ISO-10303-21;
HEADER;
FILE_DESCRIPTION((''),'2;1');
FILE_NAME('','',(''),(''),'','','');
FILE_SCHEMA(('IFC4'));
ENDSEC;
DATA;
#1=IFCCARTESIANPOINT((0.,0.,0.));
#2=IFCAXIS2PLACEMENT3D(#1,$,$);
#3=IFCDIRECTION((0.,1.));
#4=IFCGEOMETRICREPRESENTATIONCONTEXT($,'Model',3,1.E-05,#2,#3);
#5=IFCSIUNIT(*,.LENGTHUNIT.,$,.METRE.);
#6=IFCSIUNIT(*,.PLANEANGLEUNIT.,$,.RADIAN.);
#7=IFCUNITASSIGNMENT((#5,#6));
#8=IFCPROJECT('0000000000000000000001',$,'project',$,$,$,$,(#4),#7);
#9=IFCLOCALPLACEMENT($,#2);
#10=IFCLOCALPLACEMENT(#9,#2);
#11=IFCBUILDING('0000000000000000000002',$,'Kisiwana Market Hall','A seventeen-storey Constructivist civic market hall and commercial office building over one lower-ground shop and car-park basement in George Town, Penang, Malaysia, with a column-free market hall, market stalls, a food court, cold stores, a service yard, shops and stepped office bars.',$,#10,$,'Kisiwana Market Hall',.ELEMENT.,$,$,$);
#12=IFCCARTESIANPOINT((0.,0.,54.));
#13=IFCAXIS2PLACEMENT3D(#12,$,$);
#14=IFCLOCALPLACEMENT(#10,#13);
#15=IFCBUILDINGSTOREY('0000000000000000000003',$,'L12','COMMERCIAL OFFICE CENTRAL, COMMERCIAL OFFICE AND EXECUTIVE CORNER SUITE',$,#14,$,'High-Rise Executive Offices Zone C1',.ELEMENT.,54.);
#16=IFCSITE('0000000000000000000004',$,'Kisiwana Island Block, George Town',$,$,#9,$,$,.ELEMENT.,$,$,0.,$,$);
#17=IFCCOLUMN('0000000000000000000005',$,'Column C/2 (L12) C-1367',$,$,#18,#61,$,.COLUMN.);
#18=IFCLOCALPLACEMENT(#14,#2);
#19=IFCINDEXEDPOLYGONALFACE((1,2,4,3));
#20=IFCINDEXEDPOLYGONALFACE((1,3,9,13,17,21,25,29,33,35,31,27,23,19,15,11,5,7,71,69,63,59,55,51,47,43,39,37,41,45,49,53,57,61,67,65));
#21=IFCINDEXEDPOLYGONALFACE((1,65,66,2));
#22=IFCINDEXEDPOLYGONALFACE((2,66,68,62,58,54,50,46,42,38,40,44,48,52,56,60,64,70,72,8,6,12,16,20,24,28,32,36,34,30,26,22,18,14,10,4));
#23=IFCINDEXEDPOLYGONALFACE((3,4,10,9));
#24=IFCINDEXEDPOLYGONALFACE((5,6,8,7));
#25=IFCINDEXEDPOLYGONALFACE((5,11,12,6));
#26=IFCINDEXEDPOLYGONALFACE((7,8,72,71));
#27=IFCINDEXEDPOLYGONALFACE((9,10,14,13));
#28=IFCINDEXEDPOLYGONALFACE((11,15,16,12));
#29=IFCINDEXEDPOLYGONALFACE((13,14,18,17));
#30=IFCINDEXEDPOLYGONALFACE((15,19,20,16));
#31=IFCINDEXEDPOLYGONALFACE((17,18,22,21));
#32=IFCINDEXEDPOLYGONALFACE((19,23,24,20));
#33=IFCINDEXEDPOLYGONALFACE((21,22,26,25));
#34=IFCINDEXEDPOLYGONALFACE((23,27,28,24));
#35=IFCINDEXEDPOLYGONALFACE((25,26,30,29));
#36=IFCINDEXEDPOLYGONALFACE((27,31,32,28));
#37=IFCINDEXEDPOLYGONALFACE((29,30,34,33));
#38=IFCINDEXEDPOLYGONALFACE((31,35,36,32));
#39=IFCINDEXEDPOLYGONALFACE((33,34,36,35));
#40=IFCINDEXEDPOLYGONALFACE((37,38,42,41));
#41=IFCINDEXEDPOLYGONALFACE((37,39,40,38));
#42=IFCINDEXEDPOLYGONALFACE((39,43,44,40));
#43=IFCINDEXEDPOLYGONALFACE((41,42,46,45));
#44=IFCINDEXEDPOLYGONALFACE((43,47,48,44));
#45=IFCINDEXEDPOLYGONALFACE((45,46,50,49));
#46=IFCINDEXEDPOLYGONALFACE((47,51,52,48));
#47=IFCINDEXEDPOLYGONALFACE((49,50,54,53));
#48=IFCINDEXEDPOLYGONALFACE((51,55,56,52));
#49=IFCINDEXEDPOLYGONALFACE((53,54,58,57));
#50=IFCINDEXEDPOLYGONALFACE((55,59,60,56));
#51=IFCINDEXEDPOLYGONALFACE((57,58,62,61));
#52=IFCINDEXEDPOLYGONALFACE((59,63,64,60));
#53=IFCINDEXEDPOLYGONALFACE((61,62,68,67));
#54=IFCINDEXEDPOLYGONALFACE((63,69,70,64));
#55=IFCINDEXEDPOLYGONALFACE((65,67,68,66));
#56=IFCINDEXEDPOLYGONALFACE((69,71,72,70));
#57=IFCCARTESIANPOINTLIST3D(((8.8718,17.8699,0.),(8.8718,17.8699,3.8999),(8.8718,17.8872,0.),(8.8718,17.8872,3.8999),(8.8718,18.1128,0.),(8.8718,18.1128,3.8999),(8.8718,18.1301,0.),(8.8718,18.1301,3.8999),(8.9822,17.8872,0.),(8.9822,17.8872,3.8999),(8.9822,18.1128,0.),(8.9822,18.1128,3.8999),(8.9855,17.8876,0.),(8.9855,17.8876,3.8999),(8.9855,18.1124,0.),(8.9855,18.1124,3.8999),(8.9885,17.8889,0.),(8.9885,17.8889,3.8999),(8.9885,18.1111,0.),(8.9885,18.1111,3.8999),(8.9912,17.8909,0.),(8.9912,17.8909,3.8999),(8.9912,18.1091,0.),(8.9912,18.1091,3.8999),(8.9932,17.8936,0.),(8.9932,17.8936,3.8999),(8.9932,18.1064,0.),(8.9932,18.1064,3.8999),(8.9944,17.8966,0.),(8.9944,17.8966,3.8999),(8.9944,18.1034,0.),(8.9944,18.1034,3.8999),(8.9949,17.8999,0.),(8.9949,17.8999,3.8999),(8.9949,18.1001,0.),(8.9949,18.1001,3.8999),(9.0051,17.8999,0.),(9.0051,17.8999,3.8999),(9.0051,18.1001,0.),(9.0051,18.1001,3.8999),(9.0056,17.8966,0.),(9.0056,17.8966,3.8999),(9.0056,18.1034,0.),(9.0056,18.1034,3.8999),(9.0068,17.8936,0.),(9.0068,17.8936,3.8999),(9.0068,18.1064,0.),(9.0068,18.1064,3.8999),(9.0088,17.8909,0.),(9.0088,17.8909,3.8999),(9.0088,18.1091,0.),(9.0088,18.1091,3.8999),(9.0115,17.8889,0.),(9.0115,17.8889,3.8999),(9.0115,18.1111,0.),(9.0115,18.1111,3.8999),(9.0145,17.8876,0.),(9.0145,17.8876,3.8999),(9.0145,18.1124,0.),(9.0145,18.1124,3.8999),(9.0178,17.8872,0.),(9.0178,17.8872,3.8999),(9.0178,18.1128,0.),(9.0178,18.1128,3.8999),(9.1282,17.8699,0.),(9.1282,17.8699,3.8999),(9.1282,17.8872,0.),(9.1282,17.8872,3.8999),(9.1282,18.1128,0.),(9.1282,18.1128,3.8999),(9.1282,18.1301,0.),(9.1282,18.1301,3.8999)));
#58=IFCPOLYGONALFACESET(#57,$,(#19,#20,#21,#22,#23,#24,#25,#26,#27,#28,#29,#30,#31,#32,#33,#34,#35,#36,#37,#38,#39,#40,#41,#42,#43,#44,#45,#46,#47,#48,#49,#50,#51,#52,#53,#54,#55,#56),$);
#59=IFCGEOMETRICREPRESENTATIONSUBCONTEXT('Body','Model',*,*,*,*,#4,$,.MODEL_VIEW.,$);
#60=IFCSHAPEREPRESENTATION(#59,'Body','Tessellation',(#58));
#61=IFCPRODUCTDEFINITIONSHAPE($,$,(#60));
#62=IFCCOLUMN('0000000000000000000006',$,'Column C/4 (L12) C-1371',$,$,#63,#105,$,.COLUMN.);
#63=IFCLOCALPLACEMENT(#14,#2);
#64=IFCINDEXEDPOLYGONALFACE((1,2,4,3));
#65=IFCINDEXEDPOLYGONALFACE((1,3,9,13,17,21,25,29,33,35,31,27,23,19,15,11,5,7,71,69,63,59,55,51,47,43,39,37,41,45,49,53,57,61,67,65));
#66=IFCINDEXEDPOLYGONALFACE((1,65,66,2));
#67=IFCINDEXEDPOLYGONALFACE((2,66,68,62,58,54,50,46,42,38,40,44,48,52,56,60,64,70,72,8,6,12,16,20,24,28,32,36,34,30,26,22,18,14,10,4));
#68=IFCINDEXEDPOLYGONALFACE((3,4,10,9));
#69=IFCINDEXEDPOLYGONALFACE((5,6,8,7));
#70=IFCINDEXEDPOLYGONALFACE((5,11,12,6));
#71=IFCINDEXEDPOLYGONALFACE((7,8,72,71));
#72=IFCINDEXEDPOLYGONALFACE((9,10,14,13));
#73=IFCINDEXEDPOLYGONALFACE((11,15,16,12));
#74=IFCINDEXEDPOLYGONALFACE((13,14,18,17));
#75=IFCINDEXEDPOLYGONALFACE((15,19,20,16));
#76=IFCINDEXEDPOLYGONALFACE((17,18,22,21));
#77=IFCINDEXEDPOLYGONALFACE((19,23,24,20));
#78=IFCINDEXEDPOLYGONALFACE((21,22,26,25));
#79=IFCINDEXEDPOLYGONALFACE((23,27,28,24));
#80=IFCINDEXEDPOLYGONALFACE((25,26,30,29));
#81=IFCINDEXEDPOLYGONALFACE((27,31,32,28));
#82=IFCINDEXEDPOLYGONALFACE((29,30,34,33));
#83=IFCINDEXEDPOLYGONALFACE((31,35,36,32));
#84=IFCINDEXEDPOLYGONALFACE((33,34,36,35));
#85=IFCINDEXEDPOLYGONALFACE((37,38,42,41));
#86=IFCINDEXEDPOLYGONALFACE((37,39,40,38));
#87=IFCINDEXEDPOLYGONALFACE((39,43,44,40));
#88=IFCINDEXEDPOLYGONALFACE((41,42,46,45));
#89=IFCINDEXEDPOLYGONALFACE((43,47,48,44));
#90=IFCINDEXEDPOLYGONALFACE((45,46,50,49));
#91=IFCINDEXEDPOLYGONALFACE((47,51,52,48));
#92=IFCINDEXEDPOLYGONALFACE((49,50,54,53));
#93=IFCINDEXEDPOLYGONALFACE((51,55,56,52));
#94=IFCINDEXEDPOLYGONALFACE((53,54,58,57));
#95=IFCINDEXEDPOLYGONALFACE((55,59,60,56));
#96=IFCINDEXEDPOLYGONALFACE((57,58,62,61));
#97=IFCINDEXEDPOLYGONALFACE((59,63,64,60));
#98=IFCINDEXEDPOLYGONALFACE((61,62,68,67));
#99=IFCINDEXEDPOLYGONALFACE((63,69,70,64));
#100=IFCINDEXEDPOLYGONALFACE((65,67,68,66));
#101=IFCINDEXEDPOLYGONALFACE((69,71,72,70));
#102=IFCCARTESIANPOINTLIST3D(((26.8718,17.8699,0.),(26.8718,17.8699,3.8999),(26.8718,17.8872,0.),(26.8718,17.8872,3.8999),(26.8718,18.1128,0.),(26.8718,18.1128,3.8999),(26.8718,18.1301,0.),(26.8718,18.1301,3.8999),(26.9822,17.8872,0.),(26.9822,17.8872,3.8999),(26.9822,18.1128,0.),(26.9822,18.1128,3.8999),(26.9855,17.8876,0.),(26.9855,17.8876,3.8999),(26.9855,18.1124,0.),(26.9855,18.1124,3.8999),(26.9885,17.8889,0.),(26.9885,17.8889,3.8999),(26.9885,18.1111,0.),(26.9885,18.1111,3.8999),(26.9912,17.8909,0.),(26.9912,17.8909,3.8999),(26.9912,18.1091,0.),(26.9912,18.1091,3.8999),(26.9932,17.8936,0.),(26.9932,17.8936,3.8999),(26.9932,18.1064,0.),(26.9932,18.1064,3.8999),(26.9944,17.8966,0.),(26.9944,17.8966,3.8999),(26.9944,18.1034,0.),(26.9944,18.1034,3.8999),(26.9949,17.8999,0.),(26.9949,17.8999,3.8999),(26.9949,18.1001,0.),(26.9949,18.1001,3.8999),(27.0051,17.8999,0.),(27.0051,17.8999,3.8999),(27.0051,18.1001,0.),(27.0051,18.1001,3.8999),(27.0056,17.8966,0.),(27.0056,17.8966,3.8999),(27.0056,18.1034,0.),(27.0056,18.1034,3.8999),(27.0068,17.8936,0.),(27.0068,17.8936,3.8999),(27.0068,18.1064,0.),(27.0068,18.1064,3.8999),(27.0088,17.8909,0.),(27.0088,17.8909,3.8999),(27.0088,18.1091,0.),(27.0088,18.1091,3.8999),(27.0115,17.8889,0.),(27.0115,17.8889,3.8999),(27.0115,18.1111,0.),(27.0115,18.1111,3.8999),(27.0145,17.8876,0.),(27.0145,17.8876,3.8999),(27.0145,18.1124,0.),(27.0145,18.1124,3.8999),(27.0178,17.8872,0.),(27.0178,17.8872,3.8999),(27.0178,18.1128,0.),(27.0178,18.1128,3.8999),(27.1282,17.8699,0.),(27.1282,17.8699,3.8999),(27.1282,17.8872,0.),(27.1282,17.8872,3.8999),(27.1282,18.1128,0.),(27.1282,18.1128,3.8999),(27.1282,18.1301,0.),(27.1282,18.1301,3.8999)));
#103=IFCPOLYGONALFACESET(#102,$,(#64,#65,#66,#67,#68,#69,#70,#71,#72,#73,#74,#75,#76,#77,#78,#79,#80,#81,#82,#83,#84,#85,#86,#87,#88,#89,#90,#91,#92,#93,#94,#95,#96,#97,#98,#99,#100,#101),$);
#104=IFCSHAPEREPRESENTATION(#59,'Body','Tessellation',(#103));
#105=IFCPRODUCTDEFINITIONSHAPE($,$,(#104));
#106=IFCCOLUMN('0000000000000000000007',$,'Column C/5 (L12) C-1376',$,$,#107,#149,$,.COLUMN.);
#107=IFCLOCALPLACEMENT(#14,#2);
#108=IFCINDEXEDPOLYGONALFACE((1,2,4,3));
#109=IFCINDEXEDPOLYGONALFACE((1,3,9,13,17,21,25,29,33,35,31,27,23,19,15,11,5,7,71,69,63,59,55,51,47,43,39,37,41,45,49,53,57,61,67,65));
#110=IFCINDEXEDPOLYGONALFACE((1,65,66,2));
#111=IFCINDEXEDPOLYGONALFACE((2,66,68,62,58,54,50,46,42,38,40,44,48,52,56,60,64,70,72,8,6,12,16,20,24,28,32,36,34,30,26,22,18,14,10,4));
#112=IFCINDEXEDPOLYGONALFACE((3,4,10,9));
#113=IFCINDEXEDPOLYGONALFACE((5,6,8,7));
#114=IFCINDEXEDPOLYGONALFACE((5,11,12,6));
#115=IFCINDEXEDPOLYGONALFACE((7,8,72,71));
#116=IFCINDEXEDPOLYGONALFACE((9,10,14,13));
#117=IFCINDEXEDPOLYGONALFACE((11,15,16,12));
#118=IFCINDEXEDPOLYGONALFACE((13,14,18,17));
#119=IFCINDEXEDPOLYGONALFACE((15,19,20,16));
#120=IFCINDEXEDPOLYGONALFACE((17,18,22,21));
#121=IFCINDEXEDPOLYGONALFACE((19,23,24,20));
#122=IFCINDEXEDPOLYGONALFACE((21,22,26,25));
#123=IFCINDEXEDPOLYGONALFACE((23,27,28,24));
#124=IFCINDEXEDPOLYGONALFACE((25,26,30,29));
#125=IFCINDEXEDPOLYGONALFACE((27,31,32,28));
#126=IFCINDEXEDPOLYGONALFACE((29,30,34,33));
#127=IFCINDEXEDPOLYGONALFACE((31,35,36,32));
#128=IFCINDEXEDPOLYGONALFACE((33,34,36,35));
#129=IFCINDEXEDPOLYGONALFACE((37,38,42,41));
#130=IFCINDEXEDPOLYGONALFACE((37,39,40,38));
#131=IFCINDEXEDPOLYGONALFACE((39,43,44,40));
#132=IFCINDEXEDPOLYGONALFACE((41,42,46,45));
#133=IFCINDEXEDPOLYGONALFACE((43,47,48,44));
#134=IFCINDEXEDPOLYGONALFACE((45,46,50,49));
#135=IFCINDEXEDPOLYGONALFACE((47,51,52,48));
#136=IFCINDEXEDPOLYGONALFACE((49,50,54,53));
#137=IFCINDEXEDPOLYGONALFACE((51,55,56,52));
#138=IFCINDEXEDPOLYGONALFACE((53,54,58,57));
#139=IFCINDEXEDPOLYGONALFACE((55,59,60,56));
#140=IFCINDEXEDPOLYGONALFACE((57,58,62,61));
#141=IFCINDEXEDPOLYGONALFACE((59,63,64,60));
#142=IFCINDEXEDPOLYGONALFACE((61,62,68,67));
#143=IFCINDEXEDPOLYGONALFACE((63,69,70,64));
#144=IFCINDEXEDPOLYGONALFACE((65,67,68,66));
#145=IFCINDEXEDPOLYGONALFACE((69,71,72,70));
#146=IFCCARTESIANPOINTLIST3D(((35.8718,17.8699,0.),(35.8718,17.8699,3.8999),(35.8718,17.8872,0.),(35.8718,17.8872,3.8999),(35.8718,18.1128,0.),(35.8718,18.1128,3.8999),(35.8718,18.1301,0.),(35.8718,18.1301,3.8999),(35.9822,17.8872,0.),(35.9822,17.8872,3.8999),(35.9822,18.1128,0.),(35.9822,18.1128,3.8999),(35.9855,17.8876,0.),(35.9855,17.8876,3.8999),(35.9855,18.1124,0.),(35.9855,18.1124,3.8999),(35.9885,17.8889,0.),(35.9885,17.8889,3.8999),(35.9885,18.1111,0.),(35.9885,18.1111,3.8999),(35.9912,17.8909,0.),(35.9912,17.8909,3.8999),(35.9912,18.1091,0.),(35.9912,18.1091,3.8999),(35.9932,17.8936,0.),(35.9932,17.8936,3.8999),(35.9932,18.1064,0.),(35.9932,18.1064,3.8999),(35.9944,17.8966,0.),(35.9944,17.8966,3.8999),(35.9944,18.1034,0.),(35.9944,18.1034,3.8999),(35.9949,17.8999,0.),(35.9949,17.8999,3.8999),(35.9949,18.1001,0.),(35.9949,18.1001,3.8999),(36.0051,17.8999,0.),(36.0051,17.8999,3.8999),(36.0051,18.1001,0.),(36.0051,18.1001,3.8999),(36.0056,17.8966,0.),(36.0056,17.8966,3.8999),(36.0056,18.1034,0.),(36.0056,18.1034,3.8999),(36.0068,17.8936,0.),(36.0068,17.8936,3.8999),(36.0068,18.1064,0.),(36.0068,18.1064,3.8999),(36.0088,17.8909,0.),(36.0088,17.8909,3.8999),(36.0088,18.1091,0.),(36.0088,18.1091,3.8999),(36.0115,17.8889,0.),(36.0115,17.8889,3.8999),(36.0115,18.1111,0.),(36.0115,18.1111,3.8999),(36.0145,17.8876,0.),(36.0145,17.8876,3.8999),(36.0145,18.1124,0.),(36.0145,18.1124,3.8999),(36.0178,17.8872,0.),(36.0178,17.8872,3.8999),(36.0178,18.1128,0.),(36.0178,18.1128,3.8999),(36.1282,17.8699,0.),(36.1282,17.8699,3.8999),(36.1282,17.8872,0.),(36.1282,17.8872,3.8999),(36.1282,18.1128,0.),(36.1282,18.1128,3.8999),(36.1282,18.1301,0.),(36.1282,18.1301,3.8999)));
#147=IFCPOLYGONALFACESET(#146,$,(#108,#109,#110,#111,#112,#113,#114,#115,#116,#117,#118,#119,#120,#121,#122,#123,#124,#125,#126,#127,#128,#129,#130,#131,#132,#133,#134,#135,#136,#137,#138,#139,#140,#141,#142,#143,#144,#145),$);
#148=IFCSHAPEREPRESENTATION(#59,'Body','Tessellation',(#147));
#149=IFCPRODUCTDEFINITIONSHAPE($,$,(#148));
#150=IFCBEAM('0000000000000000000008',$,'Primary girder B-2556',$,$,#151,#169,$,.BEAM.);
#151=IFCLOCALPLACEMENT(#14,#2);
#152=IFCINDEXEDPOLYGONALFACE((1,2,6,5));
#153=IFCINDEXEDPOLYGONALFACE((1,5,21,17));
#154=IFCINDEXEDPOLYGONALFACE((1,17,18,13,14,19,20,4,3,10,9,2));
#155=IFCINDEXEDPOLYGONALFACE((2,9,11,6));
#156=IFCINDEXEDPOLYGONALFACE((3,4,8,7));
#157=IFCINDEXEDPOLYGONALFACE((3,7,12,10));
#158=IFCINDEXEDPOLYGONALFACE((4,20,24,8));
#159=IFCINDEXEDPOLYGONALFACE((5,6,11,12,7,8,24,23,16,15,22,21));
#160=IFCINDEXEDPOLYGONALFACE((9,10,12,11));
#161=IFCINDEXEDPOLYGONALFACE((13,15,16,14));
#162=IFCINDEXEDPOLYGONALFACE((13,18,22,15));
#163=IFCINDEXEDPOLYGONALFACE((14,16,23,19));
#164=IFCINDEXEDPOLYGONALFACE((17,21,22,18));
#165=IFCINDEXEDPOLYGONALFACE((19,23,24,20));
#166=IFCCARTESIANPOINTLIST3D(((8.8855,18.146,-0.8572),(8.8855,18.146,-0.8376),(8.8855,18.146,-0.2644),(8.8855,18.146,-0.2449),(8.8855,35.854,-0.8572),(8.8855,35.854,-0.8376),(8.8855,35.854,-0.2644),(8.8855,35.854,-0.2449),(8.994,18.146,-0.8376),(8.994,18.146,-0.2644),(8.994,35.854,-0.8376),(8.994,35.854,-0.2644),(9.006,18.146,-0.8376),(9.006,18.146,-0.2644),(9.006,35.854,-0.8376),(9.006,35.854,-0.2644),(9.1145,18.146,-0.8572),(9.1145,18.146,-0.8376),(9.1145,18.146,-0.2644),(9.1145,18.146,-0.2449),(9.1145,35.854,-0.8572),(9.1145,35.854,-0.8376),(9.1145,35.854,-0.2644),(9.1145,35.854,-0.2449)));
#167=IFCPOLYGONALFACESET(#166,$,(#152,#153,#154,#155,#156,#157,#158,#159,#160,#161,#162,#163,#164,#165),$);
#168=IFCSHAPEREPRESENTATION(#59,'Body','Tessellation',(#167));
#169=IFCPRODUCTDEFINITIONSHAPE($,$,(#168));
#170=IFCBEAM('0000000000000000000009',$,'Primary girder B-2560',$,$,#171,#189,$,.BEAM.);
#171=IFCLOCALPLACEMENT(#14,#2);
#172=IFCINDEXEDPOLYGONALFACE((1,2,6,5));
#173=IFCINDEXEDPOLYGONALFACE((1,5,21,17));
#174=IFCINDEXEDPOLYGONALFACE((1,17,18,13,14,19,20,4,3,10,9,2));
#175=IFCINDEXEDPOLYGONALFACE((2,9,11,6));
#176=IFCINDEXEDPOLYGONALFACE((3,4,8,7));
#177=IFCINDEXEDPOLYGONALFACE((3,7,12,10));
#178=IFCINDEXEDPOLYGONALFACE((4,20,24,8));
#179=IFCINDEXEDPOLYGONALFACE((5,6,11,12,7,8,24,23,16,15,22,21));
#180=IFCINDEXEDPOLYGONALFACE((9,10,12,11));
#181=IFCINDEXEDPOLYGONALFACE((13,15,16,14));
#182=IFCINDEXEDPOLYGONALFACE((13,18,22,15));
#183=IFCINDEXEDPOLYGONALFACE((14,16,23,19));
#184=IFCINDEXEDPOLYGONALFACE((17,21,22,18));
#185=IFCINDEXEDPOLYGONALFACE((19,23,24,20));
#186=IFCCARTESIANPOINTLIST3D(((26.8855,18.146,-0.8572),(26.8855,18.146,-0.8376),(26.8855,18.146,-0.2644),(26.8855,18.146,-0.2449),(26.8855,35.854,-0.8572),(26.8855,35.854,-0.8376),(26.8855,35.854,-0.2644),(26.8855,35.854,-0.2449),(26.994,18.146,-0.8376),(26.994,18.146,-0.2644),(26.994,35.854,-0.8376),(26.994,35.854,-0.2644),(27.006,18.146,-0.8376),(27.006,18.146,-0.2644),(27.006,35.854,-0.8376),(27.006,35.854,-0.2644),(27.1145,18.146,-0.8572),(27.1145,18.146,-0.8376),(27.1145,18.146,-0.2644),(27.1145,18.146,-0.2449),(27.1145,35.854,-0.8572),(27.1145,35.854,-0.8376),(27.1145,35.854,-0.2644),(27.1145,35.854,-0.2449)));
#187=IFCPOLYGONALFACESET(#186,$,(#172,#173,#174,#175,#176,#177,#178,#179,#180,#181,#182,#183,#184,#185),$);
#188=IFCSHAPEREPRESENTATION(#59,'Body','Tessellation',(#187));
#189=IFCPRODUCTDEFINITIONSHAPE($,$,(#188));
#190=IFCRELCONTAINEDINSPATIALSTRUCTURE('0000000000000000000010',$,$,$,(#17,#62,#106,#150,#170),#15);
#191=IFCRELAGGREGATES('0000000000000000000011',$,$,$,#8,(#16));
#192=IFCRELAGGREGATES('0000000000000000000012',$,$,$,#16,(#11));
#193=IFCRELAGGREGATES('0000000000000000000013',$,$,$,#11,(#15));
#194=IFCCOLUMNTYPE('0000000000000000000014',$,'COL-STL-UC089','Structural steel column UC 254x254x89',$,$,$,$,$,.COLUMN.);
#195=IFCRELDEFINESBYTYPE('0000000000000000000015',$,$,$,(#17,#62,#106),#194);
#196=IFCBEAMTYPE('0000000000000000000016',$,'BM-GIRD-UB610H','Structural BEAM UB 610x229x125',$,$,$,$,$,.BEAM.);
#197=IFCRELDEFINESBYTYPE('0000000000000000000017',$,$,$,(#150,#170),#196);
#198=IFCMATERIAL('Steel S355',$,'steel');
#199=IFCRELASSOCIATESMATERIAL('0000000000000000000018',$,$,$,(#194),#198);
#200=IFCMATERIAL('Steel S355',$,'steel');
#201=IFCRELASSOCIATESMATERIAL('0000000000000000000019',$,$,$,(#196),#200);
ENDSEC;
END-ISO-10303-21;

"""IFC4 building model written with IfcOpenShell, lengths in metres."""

from ifc_helpers import new_model, si_unit, direction, frame, origin, origin_2d, place, context, subcontext, project, spatial, i_section, extrude, material, material_profile, profile_set, type_object, element, save


model = new_model("IFC4")

# Units and contexts
model_context = context("Model", 3, precision=1e-05, world=origin(), true_north=direction((0.0, 1.0)))
body_context = subcontext(model_context, "Body", "Model", "MODEL_VIEW")
ifc_project = project(units=[si_unit("LENGTHUNIT", "METRE"), si_unit("PLANEANGLEUNIT", "RADIAN")], contexts=[model_context])

# Site, building, storey
site_placement = place(None, origin())
site = spatial("IfcSite", under=ifc_project, at=site_placement, Name="Kisiwana Island Block, George Town", CompositionType="ELEMENT", RefElevation=0.0)
building_placement = place(site_placement, origin())
building = spatial("IfcBuilding", under=site, at=building_placement, Name="Kisiwana Market Hall", Description="A seventeen-storey Constructivist civic market hall and commercial office building over one lower-ground shop and car-park basement in George Town, Penang, Malaysia, with a column-free market hall, market stalls, a food court, cold stores, a service yard, shops and stepped office bars.", LongName="Kisiwana Market Hall", CompositionType="ELEMENT")
storey_placement = place(building_placement, frame((0.0, 0.0, 54.0)))
storey = spatial("IfcBuildingStorey", under=building, at=storey_placement, Name="L12", Description="COMMERCIAL OFFICE CENTRAL, COMMERCIAL OFFICE AND EXECUTIVE CORNER SUITE", LongName="High-Rise Executive Offices Zone C1", CompositionType="ELEMENT", Elevation=54.0)

# Columns
ifc_material_1 = material(Name="Steel S355", Category="steel")
ifc_material_profile_1 = material_profile(ifc_material_1, i_section(OverallWidth=0.2563, OverallDepth=0.2603, WebThickness=0.0103, FlangeThickness=0.0173, FilletRadius=0.0127, at=origin_2d()), Name="UC 254x254x89")
ifc_profile_set_1 = profile_set([ifc_material_profile_1], Name="Steel S355")
column_type = type_object("IfcColumnType", Name="COL-STL-UC089", Description="Structural steel column UC 254x254x89", PredefinedType="COLUMN", material=ifc_profile_set_1)
for number, where, z_axis, x_axis, name in (
    (1, (9.0, 18.0, 0.0), (0.0, 0.0, 1.0), (1.0, 0.0, 0.0), "Column C/2 (L12) C-1367"),
    (2, (27.0, 18.0, 0.0), (0.0, 0.0, 1.0), (1.0, 0.0, 0.0), "Column C/4 (L12) C-1371"),
    (3, (36.0, 18.0, 0.0), (0.0, 0.0, 1.0), (1.0, 0.0, 0.0), "Column C/5 (L12) C-1376"),
):
    element("IfcColumn", number, at=place(storey_placement, frame(where, z_axis=z_axis, x_axis=x_axis)), inside=storey, type_object=column_type, Name=name, PredefinedType="COLUMN", context=body_context, shape_type="SweptSolid", body=[
        extrude(i_section(OverallWidth=0.2563, OverallDepth=0.2603, WebThickness=0.0103, FlangeThickness=0.0173, FilletRadius=0.0127, at=origin_2d()), origin(), (0.0, 0.0, 1.0), 3.8999),
    ])

# Beams
ifc_material_2 = material(Name="Steel S355", Category="steel")
ifc_material_profile_2 = material_profile(ifc_material_2, i_section(OverallWidth=0.229, OverallDepth=0.6123, WebThickness=0.012, FlangeThickness=0.0195, at=origin_2d()), Name="UB 610x229x125")
ifc_profile_set_2 = profile_set([ifc_material_profile_2], Name="Steel S355")
beam_type_1 = type_object("IfcBeamType", Name="BM-GIRD-UB610H", Description="Structural BEAM UB 610x229x125", PredefinedType="BEAM", material=ifc_profile_set_2)
for number, where, z_axis, x_axis, name in (
    (4, (9.0, 18.146, -0.551), (0.0, 1.0, 0.0), (-1.0, 0.0, 0.0), "Primary girder B-2556"),
    (5, (27.0, 18.146, -0.551), (0.0, 1.0, 0.0), (-1.0, 0.0, 0.0), "Primary girder B-2560"),
):
    element("IfcBeam", number, at=place(storey_placement, frame(where, z_axis=z_axis, x_axis=x_axis)), inside=storey, type_object=beam_type_1, Name=name, PredefinedType="BEAM", context=body_context, shape_type="SweptSolid", body=[
        extrude(i_section(OverallWidth=0.229, OverallDepth=0.6123, WebThickness=0.012, FlangeThickness=0.0195, at=origin_2d()), origin(), (0.0, 0.0, 1.0), 17.708),
    ])

save(model, "model.ifc")
